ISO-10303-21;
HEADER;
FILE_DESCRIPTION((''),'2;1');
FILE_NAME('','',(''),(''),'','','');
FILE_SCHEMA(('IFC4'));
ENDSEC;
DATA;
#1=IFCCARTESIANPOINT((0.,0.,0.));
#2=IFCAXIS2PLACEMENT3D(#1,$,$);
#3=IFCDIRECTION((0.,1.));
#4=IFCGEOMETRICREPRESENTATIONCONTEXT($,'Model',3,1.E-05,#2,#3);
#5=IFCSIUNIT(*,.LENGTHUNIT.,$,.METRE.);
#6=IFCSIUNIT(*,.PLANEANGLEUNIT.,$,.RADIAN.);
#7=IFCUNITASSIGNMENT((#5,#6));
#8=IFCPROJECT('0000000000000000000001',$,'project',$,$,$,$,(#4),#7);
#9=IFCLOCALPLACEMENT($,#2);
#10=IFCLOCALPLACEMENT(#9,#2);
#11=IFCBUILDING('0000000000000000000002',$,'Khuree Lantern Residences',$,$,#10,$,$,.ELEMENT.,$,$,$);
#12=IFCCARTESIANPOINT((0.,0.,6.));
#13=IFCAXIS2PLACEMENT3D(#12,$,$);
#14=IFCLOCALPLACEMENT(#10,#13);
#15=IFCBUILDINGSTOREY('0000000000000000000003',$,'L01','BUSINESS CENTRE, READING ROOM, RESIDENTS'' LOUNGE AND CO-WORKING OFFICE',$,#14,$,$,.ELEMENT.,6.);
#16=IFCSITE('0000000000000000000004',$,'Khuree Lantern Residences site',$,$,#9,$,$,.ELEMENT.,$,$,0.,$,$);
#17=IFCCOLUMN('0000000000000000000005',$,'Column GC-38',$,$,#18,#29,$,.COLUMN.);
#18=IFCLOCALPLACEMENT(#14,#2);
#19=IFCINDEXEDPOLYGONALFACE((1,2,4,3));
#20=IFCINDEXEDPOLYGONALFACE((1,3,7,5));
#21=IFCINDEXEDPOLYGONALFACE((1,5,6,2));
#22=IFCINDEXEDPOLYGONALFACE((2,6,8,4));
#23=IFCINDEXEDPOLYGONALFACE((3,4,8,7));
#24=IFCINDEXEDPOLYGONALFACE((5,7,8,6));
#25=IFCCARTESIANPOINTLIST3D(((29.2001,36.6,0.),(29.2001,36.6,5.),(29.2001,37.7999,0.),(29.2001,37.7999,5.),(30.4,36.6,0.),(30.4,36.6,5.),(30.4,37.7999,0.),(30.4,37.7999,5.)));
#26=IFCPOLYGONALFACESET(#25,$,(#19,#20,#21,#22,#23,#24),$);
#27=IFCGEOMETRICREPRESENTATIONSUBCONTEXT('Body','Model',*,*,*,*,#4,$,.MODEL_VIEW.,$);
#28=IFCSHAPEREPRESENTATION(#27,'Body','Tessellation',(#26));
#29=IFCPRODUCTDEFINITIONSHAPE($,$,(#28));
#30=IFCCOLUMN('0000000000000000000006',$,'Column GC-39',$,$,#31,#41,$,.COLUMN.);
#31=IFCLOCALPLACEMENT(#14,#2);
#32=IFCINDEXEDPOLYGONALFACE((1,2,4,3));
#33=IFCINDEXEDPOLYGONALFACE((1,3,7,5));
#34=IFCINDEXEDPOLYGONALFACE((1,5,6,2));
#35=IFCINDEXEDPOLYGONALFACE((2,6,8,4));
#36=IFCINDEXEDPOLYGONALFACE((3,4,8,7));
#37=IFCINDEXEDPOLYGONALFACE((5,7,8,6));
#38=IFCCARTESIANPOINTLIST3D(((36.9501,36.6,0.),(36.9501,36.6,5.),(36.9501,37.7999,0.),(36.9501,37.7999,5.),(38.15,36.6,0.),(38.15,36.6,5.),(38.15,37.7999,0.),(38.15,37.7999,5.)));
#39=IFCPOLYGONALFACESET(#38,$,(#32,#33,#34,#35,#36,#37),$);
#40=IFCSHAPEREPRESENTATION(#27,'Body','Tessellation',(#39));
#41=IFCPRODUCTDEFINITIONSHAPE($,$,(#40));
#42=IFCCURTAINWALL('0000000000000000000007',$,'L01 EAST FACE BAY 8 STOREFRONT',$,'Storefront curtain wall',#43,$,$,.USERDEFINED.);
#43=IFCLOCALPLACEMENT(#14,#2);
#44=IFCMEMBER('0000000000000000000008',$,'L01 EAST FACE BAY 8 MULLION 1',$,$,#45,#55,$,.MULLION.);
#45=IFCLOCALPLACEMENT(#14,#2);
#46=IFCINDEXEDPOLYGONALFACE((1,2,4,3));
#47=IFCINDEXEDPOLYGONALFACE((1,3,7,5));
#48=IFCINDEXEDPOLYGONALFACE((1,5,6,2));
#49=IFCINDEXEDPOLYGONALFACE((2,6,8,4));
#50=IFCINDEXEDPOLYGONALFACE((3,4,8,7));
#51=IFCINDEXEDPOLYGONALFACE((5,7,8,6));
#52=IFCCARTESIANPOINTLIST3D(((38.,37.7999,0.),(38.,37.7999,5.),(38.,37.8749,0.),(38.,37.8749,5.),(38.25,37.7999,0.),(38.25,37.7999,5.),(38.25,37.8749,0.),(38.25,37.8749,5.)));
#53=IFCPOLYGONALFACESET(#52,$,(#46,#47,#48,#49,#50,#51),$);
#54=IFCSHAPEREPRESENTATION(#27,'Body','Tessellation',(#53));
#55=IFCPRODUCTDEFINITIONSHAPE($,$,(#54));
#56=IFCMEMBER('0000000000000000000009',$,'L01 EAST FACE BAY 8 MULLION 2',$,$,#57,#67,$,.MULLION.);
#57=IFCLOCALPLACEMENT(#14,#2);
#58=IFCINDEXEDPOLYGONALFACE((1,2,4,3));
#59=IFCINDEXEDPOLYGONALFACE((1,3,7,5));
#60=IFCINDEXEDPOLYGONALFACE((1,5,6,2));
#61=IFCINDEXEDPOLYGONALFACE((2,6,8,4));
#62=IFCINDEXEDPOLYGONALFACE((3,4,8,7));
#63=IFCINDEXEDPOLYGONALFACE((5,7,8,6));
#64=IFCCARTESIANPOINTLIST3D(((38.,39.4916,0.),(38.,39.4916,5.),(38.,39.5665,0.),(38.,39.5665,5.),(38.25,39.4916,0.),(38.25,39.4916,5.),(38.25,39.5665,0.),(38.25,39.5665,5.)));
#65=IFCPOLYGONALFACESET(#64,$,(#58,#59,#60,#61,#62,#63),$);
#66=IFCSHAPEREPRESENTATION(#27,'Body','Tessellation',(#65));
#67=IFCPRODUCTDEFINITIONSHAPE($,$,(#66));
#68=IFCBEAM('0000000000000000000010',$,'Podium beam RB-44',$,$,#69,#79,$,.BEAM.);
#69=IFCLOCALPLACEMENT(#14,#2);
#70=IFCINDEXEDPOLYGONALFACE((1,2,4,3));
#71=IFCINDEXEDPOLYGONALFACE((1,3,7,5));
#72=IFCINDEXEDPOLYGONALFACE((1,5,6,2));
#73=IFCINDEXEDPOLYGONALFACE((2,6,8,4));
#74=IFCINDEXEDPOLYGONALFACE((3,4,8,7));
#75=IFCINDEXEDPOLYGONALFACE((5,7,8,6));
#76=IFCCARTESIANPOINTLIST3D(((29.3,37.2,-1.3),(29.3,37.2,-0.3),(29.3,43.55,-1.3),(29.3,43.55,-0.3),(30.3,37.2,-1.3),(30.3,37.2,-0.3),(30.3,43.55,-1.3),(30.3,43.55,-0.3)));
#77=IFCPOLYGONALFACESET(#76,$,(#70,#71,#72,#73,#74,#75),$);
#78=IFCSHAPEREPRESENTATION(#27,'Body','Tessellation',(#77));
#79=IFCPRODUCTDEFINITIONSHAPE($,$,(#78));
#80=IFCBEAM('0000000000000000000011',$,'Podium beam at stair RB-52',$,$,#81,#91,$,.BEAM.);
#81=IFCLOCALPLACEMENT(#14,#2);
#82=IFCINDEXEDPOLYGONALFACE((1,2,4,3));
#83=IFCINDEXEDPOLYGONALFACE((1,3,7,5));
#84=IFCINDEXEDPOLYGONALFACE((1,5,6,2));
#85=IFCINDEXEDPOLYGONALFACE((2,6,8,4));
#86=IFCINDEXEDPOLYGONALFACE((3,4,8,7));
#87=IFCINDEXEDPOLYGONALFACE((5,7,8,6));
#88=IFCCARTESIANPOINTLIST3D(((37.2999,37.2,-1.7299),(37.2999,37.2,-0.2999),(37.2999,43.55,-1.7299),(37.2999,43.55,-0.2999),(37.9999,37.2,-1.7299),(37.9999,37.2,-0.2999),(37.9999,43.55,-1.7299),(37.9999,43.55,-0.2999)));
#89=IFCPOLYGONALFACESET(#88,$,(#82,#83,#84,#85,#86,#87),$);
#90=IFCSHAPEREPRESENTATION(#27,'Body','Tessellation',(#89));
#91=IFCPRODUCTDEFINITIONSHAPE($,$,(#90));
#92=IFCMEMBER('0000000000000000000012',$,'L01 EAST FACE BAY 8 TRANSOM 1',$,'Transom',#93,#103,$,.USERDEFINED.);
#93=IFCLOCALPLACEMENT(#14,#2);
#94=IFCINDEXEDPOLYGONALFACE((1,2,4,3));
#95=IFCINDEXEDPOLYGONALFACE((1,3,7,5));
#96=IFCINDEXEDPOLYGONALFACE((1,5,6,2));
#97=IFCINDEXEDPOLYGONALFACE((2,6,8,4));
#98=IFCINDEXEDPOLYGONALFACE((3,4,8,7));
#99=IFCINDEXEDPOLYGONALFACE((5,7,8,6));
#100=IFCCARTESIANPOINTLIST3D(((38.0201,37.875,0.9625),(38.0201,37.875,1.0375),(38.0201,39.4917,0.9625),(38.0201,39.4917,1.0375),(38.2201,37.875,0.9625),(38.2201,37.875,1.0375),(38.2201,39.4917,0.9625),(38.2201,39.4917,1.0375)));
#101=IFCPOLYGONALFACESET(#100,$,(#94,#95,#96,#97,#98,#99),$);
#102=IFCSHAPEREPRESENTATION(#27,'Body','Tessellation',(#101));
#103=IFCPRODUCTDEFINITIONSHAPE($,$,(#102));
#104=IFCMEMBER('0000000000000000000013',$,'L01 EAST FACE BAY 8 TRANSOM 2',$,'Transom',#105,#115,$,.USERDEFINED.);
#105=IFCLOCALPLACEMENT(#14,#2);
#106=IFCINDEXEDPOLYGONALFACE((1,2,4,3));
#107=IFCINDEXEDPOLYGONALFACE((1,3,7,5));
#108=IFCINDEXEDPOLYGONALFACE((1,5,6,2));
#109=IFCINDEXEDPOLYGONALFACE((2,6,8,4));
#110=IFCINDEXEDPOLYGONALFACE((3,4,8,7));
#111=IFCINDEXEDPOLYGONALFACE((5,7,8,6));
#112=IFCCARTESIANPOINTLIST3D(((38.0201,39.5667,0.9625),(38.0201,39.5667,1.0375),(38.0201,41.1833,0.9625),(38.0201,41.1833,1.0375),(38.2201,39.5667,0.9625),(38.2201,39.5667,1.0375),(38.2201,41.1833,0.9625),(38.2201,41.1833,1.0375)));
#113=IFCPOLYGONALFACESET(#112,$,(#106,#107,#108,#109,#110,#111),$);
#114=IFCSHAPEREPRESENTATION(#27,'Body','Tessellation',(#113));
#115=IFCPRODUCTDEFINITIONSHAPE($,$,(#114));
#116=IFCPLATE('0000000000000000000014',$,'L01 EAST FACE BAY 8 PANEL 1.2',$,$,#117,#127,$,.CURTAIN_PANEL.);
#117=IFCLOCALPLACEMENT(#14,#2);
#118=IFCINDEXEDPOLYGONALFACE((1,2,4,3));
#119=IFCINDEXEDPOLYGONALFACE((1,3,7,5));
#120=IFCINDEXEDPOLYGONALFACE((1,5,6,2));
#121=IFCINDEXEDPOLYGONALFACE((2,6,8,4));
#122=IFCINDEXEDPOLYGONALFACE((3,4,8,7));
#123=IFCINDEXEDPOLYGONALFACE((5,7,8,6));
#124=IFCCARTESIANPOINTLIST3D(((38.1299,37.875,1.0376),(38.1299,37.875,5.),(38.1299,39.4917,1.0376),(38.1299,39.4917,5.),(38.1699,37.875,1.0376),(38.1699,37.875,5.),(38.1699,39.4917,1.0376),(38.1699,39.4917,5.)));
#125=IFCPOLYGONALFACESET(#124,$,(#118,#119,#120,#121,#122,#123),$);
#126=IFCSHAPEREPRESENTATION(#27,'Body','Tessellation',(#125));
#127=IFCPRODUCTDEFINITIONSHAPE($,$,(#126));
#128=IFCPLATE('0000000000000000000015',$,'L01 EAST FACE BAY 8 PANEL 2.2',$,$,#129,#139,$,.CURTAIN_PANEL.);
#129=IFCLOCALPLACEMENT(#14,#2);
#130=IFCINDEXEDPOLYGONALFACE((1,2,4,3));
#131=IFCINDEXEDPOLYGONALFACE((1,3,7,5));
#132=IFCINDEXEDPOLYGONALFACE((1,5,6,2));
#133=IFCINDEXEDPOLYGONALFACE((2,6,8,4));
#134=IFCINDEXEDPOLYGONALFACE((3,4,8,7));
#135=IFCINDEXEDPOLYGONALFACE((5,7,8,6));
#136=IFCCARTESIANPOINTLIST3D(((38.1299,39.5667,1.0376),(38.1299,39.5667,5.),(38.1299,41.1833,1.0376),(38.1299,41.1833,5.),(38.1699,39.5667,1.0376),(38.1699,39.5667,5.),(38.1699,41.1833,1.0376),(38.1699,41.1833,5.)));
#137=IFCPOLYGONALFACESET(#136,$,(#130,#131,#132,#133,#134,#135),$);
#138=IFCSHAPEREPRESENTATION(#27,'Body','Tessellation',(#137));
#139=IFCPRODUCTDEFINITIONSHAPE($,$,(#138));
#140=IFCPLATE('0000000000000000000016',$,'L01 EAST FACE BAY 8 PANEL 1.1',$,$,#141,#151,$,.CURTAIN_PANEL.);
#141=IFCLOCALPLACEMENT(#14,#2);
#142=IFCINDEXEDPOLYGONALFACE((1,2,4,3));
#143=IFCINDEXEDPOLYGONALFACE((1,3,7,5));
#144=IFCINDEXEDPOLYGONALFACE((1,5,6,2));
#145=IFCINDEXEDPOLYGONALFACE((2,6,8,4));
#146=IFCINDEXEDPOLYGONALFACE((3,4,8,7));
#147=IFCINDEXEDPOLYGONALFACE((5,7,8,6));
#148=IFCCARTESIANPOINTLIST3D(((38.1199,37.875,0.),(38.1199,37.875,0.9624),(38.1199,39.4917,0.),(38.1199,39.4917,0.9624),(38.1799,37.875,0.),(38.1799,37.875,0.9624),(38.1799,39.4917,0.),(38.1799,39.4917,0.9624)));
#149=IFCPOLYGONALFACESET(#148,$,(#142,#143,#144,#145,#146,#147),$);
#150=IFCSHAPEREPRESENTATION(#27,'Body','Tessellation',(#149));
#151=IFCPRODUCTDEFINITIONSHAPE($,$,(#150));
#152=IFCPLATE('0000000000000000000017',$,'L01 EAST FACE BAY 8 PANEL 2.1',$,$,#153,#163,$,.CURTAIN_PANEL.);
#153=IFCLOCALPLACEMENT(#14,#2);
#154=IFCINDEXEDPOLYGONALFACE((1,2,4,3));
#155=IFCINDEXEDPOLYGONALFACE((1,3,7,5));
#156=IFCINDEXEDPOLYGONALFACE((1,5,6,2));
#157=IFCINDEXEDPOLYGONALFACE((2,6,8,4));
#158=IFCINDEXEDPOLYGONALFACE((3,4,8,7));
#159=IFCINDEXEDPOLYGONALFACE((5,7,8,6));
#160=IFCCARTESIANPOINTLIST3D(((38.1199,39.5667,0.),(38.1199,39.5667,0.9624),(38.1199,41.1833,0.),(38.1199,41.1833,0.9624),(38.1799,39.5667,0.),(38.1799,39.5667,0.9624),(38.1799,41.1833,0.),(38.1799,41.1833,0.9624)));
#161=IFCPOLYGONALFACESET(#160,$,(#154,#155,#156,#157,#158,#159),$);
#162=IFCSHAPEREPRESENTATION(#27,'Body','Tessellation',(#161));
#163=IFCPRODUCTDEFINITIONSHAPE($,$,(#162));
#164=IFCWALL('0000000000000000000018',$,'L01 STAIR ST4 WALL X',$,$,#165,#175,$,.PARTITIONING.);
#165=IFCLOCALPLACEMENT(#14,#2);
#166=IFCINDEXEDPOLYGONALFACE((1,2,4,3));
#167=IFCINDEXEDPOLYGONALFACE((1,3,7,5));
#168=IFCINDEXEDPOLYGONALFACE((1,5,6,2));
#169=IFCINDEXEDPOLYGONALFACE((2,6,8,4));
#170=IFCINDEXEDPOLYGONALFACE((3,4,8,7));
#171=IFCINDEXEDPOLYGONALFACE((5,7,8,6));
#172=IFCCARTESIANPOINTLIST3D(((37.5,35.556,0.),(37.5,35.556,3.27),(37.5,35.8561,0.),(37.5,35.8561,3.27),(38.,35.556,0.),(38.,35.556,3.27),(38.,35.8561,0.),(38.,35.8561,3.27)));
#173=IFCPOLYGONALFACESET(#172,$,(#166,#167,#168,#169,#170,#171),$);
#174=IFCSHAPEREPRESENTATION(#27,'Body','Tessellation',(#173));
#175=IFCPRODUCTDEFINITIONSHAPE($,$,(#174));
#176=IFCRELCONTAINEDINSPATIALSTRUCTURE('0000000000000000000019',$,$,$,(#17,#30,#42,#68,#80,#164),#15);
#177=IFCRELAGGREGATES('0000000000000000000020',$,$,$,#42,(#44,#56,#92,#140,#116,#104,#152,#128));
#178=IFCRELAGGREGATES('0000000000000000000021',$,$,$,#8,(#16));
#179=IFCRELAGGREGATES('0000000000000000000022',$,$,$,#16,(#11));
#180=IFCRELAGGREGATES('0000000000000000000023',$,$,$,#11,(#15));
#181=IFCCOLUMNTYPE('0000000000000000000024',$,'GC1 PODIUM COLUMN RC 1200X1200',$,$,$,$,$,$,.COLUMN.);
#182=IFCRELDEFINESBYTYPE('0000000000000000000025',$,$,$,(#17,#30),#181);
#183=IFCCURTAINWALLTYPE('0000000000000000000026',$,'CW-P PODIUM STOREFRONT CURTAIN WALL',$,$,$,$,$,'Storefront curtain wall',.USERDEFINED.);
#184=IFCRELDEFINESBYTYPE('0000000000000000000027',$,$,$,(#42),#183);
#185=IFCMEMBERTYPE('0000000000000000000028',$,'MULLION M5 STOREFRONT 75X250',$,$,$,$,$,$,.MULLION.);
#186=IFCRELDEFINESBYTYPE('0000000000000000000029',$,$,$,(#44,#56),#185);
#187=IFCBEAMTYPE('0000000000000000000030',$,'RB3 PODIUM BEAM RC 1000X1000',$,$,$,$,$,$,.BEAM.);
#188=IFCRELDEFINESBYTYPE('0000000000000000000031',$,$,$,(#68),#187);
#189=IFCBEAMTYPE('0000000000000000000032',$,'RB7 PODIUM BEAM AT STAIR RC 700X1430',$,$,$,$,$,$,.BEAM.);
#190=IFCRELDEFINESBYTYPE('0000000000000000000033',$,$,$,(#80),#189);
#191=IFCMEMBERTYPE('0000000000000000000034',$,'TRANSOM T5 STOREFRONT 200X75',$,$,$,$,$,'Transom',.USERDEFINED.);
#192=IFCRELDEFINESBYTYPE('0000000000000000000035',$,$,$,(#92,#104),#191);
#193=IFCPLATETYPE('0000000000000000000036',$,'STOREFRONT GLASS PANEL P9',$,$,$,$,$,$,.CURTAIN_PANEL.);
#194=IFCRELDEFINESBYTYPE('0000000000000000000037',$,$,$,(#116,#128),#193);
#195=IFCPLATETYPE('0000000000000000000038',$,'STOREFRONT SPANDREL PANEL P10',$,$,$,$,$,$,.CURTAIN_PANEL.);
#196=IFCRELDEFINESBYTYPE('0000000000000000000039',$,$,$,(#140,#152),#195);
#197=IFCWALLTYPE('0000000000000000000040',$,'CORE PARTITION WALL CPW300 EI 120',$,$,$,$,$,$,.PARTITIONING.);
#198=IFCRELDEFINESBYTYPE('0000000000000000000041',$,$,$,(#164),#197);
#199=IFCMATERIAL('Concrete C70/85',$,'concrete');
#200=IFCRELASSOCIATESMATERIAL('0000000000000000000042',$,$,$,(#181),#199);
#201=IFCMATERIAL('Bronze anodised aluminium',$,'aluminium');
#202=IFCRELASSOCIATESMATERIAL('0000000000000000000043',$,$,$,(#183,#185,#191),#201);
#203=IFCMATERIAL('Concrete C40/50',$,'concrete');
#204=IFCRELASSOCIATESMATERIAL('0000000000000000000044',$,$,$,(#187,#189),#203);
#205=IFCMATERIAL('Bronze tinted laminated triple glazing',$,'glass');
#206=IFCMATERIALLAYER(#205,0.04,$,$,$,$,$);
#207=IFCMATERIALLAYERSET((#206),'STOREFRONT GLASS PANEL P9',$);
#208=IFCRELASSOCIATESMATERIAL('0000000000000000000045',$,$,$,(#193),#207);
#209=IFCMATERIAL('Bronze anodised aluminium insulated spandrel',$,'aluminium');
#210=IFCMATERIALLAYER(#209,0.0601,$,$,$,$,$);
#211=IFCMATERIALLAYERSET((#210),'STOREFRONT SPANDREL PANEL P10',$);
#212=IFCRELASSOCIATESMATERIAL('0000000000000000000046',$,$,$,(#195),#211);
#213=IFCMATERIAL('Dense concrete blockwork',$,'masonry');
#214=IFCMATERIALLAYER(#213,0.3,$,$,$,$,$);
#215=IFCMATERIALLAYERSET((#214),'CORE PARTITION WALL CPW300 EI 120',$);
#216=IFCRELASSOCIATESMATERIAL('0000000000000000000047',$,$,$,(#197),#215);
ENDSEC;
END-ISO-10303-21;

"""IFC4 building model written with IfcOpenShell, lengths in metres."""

from ifc_helpers import new_model, si_unit, direction, frame, frame_2d, origin, origin_2d, place, context, subcontext, project, spatial, rectangle, extrude, material, layer, layer_set, material_profile, profile_set, type_object, element, aggregate, save


model = new_model("IFC4")

# Units and contexts
model_context = context("Model", 3, precision=1e-05, world=origin(), true_north=direction((0.0, 1.0)))
body_context = subcontext(model_context, "Body", "Model", "MODEL_VIEW")
ifc_project = project(units=[si_unit("LENGTHUNIT", "METRE"), si_unit("PLANEANGLEUNIT", "RADIAN")], contexts=[model_context])

# Site, building, storey
site_placement = place(None, origin())
site = spatial("IfcSite", under=ifc_project, at=site_placement, Name="Khuree Lantern Residences site", CompositionType="ELEMENT", RefElevation=0.0)
building_placement = place(site_placement, origin())
building = spatial("IfcBuilding", under=site, at=building_placement, Name="Khuree Lantern Residences", CompositionType="ELEMENT")
storey_placement = place(building_placement, frame((0.0, 0.0, 6.0)))
storey = spatial("IfcBuildingStorey", under=building, at=storey_placement, Name="L01", Description="BUSINESS CENTRE, READING ROOM, RESIDENTS' LOUNGE AND CO-WORKING OFFICE", CompositionType="ELEMENT", Elevation=6.0)

# Columns
ifc_material_1 = material(Name="Concrete C70/85", Category="concrete")
ifc_material_profile_1 = material_profile(ifc_material_1, rectangle(XDim=1.2, YDim=1.2, at=origin_2d()), Name="RC 1200X1200")
ifc_profile_set_1 = profile_set([ifc_material_profile_1], Name="Concrete C70/85")
column_type = type_object("IfcColumnType", Name="GC1 PODIUM COLUMN RC 1200X1200", PredefinedType="COLUMN", material=ifc_profile_set_1)
for number, where, z_axis, x_axis, name in (
    (1, (29.8, 37.2, 0.0), (0.0, 0.0, 1.0), (1.0, 0.0, 0.0), "Column GC-38"),
    (2, (37.55, 37.2, 0.0), (0.0, 0.0, 1.0), (1.0, 0.0, 0.0), "Column GC-39"),
):
    element("IfcColumn", number, at=place(storey_placement, frame(where, z_axis=z_axis, x_axis=x_axis)), inside=storey, type_object=column_type, Name=name, PredefinedType="COLUMN", context=body_context, shape_type="SweptSolid", body=[
        extrude(rectangle(XDim=1.2, YDim=1.2, at=origin_2d()), origin(), (0.0, 0.0, 1.0), 5.0),
    ])

# Curtain wall, members
ifc_material_2 = material(Name="Bronze anodised aluminium", Category="aluminium")
curtain_wall_type = type_object("IfcCurtainWallType", Name="CW-P PODIUM STOREFRONT CURTAIN WALL", ElementType="Storefront curtain wall", PredefinedType="USERDEFINED", material=ifc_material_2)
curtain_wall_placement = place(storey_placement, origin())
curtain_wall = element("IfcCurtainWall", 3, at=curtain_wall_placement, inside=storey, type_object=curtain_wall_type, Name="L01 EAST FACE BAY 8 STOREFRONT", ObjectType="Storefront curtain wall", PredefinedType="USERDEFINED")
ifc_material_profile_2 = material_profile(ifc_material_2, rectangle(XDim=0.075, YDim=0.25, at=origin_2d()), Name="M5 75X250")
ifc_profile_set_2 = profile_set([ifc_material_profile_2], Name="Bronze anodised aluminium")
member_type_1 = type_object("IfcMemberType", Name="MULLION M5 STOREFRONT 75X250", PredefinedType="MULLION", material=ifc_profile_set_2)
member_1_placement = place(storey_placement, frame((38.125, 37.8374, 0.0), z_axis=(0.0, 0.0, 1.0), x_axis=(0.0, 1.0, 0.0)))
member_1 = element("IfcMember", 4, at=member_1_placement, type_object=member_type_1, Name="L01 EAST FACE BAY 8 MULLION 1", PredefinedType="MULLION", context=body_context, shape_type="SweptSolid", body=[
    extrude(rectangle(XDim=0.075, YDim=0.25, at=origin_2d()), origin(), (0.0, 0.0, 1.0), 5.0),
])
member_2_placement = place(storey_placement, frame((38.125, 39.5291, 0.0), z_axis=(0.0, 0.0, 1.0), x_axis=(0.0, 1.0, 0.0)))
member_2 = element("IfcMember", 5, at=member_2_placement, type_object=member_type_1, Name="L01 EAST FACE BAY 8 MULLION 2", PredefinedType="MULLION", context=body_context, shape_type="SweptSolid", body=[
    extrude(rectangle(XDim=0.075, YDim=0.25, at=origin_2d()), origin(), (0.0, 0.0, 1.0), 5.0),
])

# Beams
ifc_material_3 = material(Name="Concrete C40/50", Category="concrete")
ifc_material_profile_3 = material_profile(ifc_material_3, rectangle(XDim=1.0, YDim=1.0, at=origin_2d()), Name="RC 1000X1000")
ifc_profile_set_3 = profile_set([ifc_material_profile_3], Name="Concrete C40/50")
beam_type_1 = type_object("IfcBeamType", Name="RB3 PODIUM BEAM RC 1000X1000", PredefinedType="BEAM", material=ifc_profile_set_3)
beam_1_placement = place(storey_placement, frame((29.8, 37.2, -0.8), z_axis=(0.0, 1.0, 0.0), x_axis=(-1.0, 0.0, 0.0)))
element("IfcBeam", 6, at=beam_1_placement, inside=storey, type_object=beam_type_1, Name="Podium beam RB-44", PredefinedType="BEAM", context=body_context, shape_type="SweptSolid", body=[
    extrude(rectangle(XDim=1.0, YDim=1.0, at=origin_2d()), origin(), (0.0, 0.0, 1.0), 6.3501),
])
ifc_material_profile_4 = material_profile(ifc_material_3, rectangle(XDim=0.7, YDim=1.4299, at=origin_2d()), Name="RC 700X1430")
ifc_profile_set_4 = profile_set([ifc_material_profile_4], Name="Concrete C40/50")
beam_type_2 = type_object("IfcBeamType", Name="RB7 PODIUM BEAM AT STAIR RC 700X1430", PredefinedType="BEAM", material=ifc_profile_set_4)
beam_2_placement = place(storey_placement, frame((37.6499, 37.2, -1.0149), z_axis=(0.0, 1.0, 0.0), x_axis=(-1.0, 0.0, 0.0)))
element("IfcBeam", 7, at=beam_2_placement, inside=storey, type_object=beam_type_2, Name="Podium beam at stair RB-52", PredefinedType="BEAM", context=body_context, shape_type="SweptSolid", body=[
    extrude(rectangle(XDim=0.7, YDim=1.4299, at=origin_2d()), origin(), (0.0, 0.0, 1.0), 6.3501),
])

# Members
ifc_material_profile_5 = material_profile(ifc_material_2, rectangle(XDim=0.2, YDim=0.075, at=origin_2d()), Name="T5 200X75")
ifc_profile_set_5 = profile_set([ifc_material_profile_5], Name="Bronze anodised aluminium")
member_type_2 = type_object("IfcMemberType", Name="TRANSOM T5 STOREFRONT 200X75", ElementType="Transom", PredefinedType="USERDEFINED", material=ifc_profile_set_5)
member_3_placement = place(storey_placement, frame((38.1201, 37.875, 1.0), z_axis=(0.0, 1.0, 0.0), x_axis=(-1.0, 0.0, 0.0)))
member_3 = element("IfcMember", 8, at=member_3_placement, type_object=member_type_2, Name="L01 EAST FACE BAY 8 TRANSOM 1", ObjectType="Transom", PredefinedType="USERDEFINED", context=body_context, shape_type="SweptSolid", body=[
    extrude(rectangle(XDim=0.2, YDim=0.075, at=origin_2d()), origin(), (0.0, 0.0, 1.0), 1.6167),
])
member_4_placement = place(storey_placement, frame((38.1201, 39.5667, 1.0), z_axis=(0.0, 1.0, 0.0), x_axis=(-1.0, 0.0, 0.0)))
member_4 = element("IfcMember", 9, at=member_4_placement, type_object=member_type_2, Name="L01 EAST FACE BAY 8 TRANSOM 2", ObjectType="Transom", PredefinedType="USERDEFINED", context=body_context, shape_type="SweptSolid", body=[
    extrude(rectangle(XDim=0.2, YDim=0.075, at=origin_2d()), origin(), (0.0, 0.0, 1.0), 1.6167),
])

# Plates
ifc_material_4 = material(Name="Bronze tinted laminated triple glazing", Category="glass")
ifc_layer_1 = layer(ifc_material_4, 0.04)
ifc_layer_set_1 = layer_set([ifc_layer_1], Name="STOREFRONT GLASS PANEL P9")
plate_type_1 = type_object("IfcPlateType", Name="STOREFRONT GLASS PANEL P9", PredefinedType="CURTAIN_PANEL", material=ifc_layer_set_1)
plate_1_placement = place(storey_placement, frame((38.1499, 38.6833, 1.0376), z_axis=(0.0, 0.0, 1.0), x_axis=(0.0, 1.0, 0.0)))
plate_1 = element("IfcPlate", 10, at=plate_1_placement, type_object=plate_type_1, Name="L01 EAST FACE BAY 8 PANEL 1.2", PredefinedType="CURTAIN_PANEL", context=body_context, shape_type="SweptSolid", body=[
    extrude(rectangle(XDim=1.6167, YDim=0.04, at=origin_2d()), origin(), (0.0, 0.0, 1.0), 3.9624),
])
plate_2_placement = place(storey_placement, frame((38.1499, 40.375, 1.0376), z_axis=(0.0, 0.0, 1.0), x_axis=(0.0, 1.0, 0.0)))
plate_2 = element("IfcPlate", 11, at=plate_2_placement, type_object=plate_type_1, Name="L01 EAST FACE BAY 8 PANEL 2.2", PredefinedType="CURTAIN_PANEL", context=body_context, shape_type="SweptSolid", body=[
    extrude(rectangle(XDim=1.6167, YDim=0.04, at=origin_2d()), origin(), (0.0, 0.0, 1.0), 3.9624),
])
ifc_material_5 = material(Name="Bronze anodised aluminium insulated spandrel", Category="aluminium")
ifc_layer_2 = layer(ifc_material_5, 0.0601)
ifc_layer_set_2 = layer_set([ifc_layer_2], Name="STOREFRONT SPANDREL PANEL P10")
plate_type_2 = type_object("IfcPlateType", Name="STOREFRONT SPANDREL PANEL P10", PredefinedType="CURTAIN_PANEL", material=ifc_layer_set_2)
plate_3_placement = place(storey_placement, frame((38.1499, 38.6833, 0.0), z_axis=(0.0, 0.0, 1.0), x_axis=(0.0, 1.0, 0.0)))
plate_3 = element("IfcPlate", 12, at=plate_3_placement, type_object=plate_type_2, Name="L01 EAST FACE BAY 8 PANEL 1.1", PredefinedType="CURTAIN_PANEL", context=body_context, shape_type="SweptSolid", body=[
    extrude(rectangle(XDim=1.6167, YDim=0.0601, at=origin_2d()), origin(), (0.0, 0.0, 1.0), 0.9624),
])
plate_4_placement = place(storey_placement, frame((38.1499, 40.375, 0.0), z_axis=(0.0, 0.0, 1.0), x_axis=(0.0, 1.0, 0.0)))
plate_4 = element("IfcPlate", 13, at=plate_4_placement, type_object=plate_type_2, Name="L01 EAST FACE BAY 8 PANEL 2.1", PredefinedType="CURTAIN_PANEL", context=body_context, shape_type="SweptSolid", body=[
    extrude(rectangle(XDim=1.6167, YDim=0.0601, at=origin_2d()), origin(), (0.0, 0.0, 1.0), 0.9624),
])
aggregate(curtain_wall, [member_1, member_2, member_3, plate_3, plate_1, member_4, plate_4, plate_2])

# Wall
ifc_material_6 = material(Name="Dense concrete blockwork", Category="masonry")
ifc_layer_3 = layer(ifc_material_6, 0.3)
ifc_layer_set_3 = layer_set([ifc_layer_3], Name="CORE PARTITION WALL CPW300 EI 120")
wall_type_1 = type_object("IfcWallType", Name="CORE PARTITION WALL CPW300 EI 120", PredefinedType="PARTITIONING", material=ifc_layer_set_3)
wall_1_placement = place(storey_placement, frame((38.0, 35.7061, 0.0), z_axis=(0.0, 0.0, 1.0), x_axis=(-1.0, 0.0, 0.0)))
element("IfcWall", 14, at=wall_1_placement, inside=storey, type_object=wall_type_1, Name="L01 STAIR ST4 WALL X", PredefinedType="PARTITIONING", context=body_context, shape_type="SweptSolid", body=[
    extrude(rectangle(XDim=0.5, YDim=0.3, at=frame_2d((0.25, 0.0))), origin(), (0.0, 0.0, 1.0), 3.27),
])

save(model, "model.ifc")
